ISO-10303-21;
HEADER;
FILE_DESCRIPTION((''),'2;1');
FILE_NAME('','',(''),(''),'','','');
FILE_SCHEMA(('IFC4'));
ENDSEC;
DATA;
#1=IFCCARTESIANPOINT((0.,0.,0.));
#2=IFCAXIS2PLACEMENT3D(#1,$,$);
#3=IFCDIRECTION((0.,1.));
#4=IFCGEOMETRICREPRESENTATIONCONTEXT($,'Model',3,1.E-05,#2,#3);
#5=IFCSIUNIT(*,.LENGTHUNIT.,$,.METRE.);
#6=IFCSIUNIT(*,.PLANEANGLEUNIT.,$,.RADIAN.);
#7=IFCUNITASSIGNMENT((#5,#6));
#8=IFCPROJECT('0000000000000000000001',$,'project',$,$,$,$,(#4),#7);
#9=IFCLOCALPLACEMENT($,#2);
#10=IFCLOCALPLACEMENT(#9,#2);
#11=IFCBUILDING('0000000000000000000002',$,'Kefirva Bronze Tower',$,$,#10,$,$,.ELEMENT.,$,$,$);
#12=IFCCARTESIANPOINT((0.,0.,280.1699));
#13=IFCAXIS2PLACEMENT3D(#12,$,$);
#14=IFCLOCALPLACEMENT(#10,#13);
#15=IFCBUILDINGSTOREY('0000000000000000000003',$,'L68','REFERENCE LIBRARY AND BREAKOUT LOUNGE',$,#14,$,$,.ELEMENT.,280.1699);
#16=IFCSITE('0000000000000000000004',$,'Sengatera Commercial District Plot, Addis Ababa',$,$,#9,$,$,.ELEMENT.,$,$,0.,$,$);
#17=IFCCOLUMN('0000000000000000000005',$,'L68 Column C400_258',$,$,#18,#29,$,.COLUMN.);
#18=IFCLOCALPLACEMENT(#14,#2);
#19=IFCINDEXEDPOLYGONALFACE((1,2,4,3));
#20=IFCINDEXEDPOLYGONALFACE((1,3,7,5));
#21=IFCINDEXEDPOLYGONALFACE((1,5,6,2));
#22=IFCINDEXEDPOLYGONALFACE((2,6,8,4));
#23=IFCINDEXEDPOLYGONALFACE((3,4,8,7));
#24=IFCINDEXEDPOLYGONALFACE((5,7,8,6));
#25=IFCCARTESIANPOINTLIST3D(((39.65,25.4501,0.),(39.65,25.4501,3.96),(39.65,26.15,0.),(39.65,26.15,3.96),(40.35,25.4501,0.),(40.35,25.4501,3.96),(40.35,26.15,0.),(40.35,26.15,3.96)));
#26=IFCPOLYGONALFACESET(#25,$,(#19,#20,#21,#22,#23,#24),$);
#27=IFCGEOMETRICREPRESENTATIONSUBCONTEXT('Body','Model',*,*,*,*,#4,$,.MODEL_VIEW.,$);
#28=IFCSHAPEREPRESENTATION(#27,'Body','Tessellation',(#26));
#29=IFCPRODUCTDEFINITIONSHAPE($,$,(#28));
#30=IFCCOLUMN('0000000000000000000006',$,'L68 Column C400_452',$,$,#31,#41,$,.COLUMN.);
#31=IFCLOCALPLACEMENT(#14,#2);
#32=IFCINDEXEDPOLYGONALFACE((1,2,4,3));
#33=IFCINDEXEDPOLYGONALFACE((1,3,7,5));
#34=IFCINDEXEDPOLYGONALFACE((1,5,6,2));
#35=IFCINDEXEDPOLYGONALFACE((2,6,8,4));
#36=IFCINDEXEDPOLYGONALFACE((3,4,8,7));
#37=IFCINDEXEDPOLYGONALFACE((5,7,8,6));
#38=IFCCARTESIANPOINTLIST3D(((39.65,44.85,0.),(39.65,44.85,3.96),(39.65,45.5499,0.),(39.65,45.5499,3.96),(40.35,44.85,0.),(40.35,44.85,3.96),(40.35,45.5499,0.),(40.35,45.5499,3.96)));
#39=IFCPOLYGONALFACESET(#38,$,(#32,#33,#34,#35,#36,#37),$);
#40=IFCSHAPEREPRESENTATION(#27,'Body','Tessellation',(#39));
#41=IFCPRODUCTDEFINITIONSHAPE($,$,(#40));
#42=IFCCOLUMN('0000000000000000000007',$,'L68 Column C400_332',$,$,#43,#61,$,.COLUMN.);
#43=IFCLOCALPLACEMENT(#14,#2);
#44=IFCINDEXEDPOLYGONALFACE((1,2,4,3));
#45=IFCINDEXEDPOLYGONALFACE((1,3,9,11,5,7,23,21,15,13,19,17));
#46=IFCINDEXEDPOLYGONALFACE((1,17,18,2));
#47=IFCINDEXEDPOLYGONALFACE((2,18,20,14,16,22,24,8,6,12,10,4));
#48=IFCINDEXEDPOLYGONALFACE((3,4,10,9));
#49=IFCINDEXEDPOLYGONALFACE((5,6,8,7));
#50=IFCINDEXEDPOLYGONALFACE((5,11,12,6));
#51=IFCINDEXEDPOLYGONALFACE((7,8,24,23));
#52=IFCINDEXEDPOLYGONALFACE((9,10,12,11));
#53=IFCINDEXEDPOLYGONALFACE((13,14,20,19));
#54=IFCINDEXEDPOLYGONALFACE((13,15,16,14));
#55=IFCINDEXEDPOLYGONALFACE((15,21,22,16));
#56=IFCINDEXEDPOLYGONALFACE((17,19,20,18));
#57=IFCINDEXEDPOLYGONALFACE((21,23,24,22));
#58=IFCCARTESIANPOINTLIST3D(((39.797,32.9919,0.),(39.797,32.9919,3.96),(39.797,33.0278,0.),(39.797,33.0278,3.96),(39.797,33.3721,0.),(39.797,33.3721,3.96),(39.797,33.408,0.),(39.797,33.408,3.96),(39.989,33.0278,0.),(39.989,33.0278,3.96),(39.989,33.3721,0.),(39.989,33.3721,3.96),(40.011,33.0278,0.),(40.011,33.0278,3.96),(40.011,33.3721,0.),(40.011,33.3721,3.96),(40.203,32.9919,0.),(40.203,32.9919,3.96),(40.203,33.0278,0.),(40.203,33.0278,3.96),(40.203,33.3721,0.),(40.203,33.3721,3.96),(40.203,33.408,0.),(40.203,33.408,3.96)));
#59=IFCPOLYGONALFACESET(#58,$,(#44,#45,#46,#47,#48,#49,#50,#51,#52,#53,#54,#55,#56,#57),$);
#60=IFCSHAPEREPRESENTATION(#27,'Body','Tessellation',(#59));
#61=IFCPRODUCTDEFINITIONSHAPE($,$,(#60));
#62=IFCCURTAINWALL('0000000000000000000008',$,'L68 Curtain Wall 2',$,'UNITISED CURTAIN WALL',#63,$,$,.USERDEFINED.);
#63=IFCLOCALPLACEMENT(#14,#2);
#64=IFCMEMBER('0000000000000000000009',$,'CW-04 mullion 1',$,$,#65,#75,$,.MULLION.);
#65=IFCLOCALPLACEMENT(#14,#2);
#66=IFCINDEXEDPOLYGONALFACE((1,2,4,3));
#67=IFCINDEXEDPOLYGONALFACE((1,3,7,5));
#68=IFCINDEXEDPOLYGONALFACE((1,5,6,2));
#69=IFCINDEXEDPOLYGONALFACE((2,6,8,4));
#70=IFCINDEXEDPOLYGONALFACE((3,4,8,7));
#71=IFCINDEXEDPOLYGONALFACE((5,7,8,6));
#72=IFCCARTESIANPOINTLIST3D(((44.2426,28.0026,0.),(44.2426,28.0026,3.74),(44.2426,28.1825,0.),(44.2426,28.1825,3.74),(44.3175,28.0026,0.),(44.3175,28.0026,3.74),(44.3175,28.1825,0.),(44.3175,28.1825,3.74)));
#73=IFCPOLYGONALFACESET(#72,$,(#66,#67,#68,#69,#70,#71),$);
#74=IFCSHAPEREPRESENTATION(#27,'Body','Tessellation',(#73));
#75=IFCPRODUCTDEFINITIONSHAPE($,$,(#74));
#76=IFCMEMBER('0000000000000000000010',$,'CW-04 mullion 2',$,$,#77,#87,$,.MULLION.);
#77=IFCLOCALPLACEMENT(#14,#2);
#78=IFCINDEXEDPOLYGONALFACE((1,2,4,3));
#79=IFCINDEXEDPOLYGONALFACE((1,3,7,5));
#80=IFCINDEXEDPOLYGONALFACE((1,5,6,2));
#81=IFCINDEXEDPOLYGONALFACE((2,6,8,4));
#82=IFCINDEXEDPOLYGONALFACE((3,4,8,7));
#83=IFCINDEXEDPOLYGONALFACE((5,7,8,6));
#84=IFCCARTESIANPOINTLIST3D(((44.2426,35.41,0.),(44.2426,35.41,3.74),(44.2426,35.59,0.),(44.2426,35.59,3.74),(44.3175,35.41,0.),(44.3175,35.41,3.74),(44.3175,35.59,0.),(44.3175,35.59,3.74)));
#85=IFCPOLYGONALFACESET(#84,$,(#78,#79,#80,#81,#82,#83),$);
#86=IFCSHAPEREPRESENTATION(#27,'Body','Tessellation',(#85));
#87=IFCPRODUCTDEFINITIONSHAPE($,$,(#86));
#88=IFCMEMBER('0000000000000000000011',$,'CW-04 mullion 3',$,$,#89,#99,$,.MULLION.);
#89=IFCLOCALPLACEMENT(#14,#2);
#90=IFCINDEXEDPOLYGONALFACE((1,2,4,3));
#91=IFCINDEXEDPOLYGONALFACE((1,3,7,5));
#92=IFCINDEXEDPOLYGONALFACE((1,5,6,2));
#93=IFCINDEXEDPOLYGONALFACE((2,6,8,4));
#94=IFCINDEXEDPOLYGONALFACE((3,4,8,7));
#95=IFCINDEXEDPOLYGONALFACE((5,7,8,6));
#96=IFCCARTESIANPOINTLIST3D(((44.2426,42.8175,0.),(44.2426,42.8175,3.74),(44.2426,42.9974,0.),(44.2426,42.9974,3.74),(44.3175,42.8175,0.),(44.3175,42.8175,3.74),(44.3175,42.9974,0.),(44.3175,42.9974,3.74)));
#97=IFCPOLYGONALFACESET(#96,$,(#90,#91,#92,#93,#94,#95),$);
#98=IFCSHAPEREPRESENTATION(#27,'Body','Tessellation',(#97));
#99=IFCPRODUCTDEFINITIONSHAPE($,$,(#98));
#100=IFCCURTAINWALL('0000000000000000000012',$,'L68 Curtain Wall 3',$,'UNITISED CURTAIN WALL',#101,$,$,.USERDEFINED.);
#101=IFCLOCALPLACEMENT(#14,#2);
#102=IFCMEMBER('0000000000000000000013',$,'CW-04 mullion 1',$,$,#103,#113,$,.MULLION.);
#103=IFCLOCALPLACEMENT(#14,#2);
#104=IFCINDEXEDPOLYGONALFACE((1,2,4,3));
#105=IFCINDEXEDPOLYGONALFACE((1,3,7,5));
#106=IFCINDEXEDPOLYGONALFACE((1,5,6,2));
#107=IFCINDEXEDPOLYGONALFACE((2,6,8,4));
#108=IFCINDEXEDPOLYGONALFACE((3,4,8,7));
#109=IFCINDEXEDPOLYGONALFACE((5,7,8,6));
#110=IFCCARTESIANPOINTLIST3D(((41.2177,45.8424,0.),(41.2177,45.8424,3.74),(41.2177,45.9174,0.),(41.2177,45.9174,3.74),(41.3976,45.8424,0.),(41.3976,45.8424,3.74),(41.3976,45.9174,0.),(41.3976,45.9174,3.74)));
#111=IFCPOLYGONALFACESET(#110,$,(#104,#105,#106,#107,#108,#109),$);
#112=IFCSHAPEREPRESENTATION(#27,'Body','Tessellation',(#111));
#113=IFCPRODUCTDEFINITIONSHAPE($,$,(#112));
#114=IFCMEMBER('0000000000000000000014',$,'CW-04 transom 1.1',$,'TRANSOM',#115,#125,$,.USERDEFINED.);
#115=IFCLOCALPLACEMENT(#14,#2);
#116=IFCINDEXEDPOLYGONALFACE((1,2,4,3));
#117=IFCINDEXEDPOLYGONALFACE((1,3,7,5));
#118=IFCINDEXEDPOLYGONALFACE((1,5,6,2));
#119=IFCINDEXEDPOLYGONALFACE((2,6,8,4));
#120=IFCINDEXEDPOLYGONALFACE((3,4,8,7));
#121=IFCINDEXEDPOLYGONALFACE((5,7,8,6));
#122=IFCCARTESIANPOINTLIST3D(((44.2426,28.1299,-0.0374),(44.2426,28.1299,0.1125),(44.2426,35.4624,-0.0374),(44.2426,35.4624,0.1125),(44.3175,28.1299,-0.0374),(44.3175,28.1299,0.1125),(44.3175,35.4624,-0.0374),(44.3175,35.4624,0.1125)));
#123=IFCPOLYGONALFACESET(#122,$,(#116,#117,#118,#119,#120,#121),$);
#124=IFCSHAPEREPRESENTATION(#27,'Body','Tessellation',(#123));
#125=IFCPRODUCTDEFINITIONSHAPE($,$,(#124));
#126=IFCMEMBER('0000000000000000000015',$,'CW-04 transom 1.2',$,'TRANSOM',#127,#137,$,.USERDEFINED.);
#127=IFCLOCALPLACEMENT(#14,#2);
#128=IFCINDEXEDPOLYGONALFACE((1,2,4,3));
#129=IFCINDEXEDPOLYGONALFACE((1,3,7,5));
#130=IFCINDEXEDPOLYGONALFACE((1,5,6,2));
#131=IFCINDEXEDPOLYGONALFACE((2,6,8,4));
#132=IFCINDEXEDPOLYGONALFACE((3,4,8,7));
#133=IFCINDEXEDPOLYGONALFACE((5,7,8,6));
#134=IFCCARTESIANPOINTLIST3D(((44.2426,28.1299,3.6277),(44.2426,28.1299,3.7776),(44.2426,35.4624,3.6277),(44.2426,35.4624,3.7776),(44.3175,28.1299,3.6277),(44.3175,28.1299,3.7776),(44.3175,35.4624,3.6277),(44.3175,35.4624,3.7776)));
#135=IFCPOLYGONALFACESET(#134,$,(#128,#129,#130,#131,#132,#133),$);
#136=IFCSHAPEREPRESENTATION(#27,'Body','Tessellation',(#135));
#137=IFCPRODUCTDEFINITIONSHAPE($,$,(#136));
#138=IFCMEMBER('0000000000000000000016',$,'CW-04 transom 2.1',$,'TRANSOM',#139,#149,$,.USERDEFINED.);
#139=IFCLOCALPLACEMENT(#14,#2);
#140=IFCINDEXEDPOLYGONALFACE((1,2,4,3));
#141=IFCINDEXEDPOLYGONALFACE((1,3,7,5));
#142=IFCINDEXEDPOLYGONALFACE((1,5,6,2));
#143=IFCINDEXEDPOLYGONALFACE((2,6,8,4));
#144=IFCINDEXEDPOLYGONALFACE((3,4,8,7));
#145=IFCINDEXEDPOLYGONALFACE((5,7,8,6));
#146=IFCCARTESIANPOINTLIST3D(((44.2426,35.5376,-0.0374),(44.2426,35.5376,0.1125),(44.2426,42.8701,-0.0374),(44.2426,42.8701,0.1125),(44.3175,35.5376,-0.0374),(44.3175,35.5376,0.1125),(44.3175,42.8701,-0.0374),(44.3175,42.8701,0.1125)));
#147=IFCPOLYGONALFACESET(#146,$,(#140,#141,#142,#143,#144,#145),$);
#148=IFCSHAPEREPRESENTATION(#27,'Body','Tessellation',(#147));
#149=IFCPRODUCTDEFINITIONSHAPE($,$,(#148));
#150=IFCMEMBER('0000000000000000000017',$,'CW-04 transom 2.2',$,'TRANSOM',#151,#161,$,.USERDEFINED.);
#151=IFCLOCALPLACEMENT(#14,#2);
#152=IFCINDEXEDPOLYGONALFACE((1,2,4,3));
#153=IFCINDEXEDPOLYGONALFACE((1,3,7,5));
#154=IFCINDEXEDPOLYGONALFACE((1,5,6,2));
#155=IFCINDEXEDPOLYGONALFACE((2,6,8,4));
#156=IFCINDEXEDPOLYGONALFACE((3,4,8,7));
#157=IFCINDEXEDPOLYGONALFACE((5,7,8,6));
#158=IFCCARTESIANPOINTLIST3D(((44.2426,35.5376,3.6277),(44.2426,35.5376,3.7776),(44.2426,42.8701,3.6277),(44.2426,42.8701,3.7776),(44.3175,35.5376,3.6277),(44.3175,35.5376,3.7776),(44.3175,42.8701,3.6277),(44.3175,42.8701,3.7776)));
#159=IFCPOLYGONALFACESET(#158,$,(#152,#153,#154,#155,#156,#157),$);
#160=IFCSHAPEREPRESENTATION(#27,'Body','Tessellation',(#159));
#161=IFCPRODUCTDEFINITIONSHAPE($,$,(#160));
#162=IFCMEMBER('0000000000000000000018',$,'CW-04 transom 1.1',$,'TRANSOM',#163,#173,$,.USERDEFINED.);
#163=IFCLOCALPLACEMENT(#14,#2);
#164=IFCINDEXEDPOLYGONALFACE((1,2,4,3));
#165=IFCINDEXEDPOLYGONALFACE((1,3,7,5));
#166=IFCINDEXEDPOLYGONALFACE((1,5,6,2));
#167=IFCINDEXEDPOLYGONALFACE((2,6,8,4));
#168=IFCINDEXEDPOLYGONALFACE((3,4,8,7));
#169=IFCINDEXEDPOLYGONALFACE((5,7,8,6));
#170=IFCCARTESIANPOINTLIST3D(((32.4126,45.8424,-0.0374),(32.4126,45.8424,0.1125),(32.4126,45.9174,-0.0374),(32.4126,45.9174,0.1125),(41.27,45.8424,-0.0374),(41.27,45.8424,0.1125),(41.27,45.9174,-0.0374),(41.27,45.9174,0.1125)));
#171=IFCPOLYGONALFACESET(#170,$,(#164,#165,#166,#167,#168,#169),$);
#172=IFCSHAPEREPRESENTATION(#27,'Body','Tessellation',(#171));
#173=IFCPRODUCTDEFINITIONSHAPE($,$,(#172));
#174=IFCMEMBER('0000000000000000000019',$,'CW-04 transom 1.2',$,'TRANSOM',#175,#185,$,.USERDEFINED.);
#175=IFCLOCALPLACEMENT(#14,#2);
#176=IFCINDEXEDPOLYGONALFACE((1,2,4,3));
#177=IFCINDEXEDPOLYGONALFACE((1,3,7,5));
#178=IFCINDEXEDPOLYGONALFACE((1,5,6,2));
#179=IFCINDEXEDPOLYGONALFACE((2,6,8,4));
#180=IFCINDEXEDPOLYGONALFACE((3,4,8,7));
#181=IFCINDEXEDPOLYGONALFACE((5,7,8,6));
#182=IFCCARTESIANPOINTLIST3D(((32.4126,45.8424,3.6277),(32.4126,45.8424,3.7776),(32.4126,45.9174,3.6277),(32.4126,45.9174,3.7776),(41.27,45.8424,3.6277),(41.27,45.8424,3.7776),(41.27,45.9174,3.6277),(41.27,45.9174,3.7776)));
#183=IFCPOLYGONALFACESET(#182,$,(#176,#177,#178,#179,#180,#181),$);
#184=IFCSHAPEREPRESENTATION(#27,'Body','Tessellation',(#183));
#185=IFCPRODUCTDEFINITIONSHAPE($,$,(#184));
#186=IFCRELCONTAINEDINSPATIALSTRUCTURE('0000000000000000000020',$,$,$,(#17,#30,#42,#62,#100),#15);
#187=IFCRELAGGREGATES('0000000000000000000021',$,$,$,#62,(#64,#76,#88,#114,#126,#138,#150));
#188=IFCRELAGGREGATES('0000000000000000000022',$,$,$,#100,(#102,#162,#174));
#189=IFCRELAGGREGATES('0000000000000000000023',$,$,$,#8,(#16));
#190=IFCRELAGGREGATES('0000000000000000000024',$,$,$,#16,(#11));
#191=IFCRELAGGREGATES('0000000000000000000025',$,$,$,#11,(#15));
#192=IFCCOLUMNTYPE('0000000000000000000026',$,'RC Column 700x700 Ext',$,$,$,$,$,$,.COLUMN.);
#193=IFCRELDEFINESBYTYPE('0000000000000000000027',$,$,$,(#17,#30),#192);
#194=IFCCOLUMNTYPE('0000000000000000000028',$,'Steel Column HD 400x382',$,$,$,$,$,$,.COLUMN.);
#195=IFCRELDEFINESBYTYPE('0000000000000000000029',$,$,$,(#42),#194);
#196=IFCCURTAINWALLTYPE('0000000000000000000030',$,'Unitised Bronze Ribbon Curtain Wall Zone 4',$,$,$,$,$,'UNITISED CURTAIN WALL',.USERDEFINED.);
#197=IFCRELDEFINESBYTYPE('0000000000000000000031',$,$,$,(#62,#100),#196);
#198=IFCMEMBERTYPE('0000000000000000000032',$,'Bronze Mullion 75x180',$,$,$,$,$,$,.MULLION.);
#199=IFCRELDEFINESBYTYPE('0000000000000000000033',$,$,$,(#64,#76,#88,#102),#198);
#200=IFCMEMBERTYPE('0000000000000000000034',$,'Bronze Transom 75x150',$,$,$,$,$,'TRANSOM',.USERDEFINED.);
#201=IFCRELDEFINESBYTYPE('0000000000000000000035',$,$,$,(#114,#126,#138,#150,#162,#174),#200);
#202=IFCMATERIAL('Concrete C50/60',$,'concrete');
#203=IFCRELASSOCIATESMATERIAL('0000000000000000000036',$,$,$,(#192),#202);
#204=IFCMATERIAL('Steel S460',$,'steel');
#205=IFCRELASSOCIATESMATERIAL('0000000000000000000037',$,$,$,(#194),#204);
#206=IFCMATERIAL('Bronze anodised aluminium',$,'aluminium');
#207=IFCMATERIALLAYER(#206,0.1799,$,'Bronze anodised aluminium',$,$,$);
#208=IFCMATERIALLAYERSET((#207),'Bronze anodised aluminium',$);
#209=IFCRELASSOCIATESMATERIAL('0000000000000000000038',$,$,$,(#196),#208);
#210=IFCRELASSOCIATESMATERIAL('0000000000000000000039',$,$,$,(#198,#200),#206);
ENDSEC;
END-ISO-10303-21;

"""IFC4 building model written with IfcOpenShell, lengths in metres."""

from ifc_helpers import new_model, si_unit, direction, frame, origin, origin_2d, place, context, subcontext, project, spatial, rectangle, i_section, extrude, material, layer, layer_set, material_profile, profile_set, type_object, element, aggregate, save


model = new_model("IFC4")

# Units and contexts
model_context = context("Model", 3, precision=1e-05, world=origin(), true_north=direction((0.0, 1.0)))
body_context = subcontext(model_context, "Body", "Model", "MODEL_VIEW")
ifc_project = project(units=[si_unit("LENGTHUNIT", "METRE"), si_unit("PLANEANGLEUNIT", "RADIAN")], contexts=[model_context])

# Site, building, storey
site_placement = place(None, origin())
site = spatial("IfcSite", under=ifc_project, at=site_placement, Name="Sengatera Commercial District Plot, Addis Ababa", CompositionType="ELEMENT", RefElevation=0.0)
building_placement = place(site_placement, origin())
building = spatial("IfcBuilding", under=site, at=building_placement, Name="Kefirva Bronze Tower", CompositionType="ELEMENT")
storey_placement = place(building_placement, frame((0.0, 0.0, 280.1699)))
storey = spatial("IfcBuildingStorey", under=building, at=storey_placement, Name="L68", Description="REFERENCE LIBRARY AND BREAKOUT LOUNGE", CompositionType="ELEMENT", Elevation=280.1699)

# Columns
ifc_material_1 = material(Name="Concrete C50/60", Category="concrete")
ifc_material_profile_1 = material_profile(ifc_material_1, rectangle(XDim=0.7, YDim=0.7, at=origin_2d()), Name="RC 700x700")
ifc_profile_set_1 = profile_set([ifc_material_profile_1], Name="Concrete C50/60")
column_type_1 = type_object("IfcColumnType", Name="RC Column 700x700 Ext", PredefinedType="COLUMN", material=ifc_profile_set_1)
for number, where, z_axis, x_axis, name in (
    (1, (40.0, 25.8, 0.0), (0.0, 0.0, 1.0), (1.0, 0.0, 0.0), "L68 Column C400_258"),
    (2, (40.0, 45.2, 0.0), (0.0, 0.0, 1.0), (1.0, 0.0, 0.0), "L68 Column C400_452"),
):
    element("IfcColumn", number, at=place(storey_placement, frame(where, z_axis=z_axis, x_axis=x_axis)), inside=storey, type_object=column_type_1, Name=name, PredefinedType="COLUMN", context=body_context, shape_type="SweptSolid", body=[
        extrude(rectangle(XDim=0.7, YDim=0.7, at=origin_2d()), origin(), (0.0, 0.0, 1.0), 3.96),
    ])
ifc_material_2 = material(Name="Steel S460", Category="steel")
ifc_material_profile_2 = material_profile(ifc_material_2, i_section(OverallWidth=0.406, OverallDepth=0.416, WebThickness=0.022, FlangeThickness=0.0359, at=origin_2d()), Name="HD 400x382")
ifc_profile_set_2 = profile_set([ifc_material_profile_2], Name="Steel S460")
column_type_2 = type_object("IfcColumnType", Name="Steel Column HD 400x382", PredefinedType="COLUMN", material=ifc_profile_set_2)
column_placement = place(storey_placement, frame((40.0, 33.2, 0.0), z_axis=(0.0, 0.0, 1.0), x_axis=(1.0, 0.0, 0.0)))
element("IfcColumn", 3, at=column_placement, inside=storey, type_object=column_type_2, Name="L68 Column C400_332", PredefinedType="COLUMN", context=body_context, shape_type="SweptSolid", body=[
    extrude(i_section(OverallWidth=0.406, OverallDepth=0.416, WebThickness=0.022, FlangeThickness=0.0359, at=origin_2d()), origin(), (0.0, 0.0, 1.0), 3.96),
])

# Curtain wall, members
ifc_material_3 = material(Name="Bronze anodised aluminium", Category="aluminium")
ifc_layer_1 = layer(ifc_material_3, 0.1799, Name="Bronze anodised aluminium")
ifc_layer_set_1 = layer_set([ifc_layer_1], Name="Bronze anodised aluminium")
curtain_wall_type = type_object("IfcCurtainWallType", Name="Unitised Bronze Ribbon Curtain Wall Zone 4", ElementType="UNITISED CURTAIN WALL", PredefinedType="USERDEFINED", material=ifc_layer_set_1)
curtain_wall_1_placement = place(storey_placement, origin())
curtain_wall_1 = element("IfcCurtainWall", 4, at=curtain_wall_1_placement, inside=storey, type_object=curtain_wall_type, Name="L68 Curtain Wall 2", ObjectType="UNITISED CURTAIN WALL", PredefinedType="USERDEFINED")
ifc_material_profile_3 = material_profile(ifc_material_3, rectangle(XDim=0.075, YDim=0.1799, at=origin_2d()), Name="ALU 75x180")
ifc_profile_set_3 = profile_set([ifc_material_profile_3], Name="Bronze anodised aluminium")
member_type_1 = type_object("IfcMemberType", Name="Bronze Mullion 75x180", PredefinedType="MULLION", material=ifc_profile_set_3)
member_1_placement = place(storey_placement, frame((44.28, 28.0925, 0.0), z_axis=(0.0, 0.0, 1.0), x_axis=(-1.0, 0.0, 0.0)))
member_1 = element("IfcMember", 5, at=member_1_placement, type_object=member_type_1, Name="CW-04 mullion 1", PredefinedType="MULLION", context=body_context, shape_type="SweptSolid", body=[
    extrude(rectangle(XDim=0.075, YDim=0.1799, at=origin_2d()), origin(), (0.0, 0.0, 1.0), 3.74),
])
member_2_placement = place(storey_placement, frame((44.28, 35.5, 0.0), z_axis=(0.0, 0.0, 1.0), x_axis=(-1.0, 0.0, 0.0)))
member_2 = element("IfcMember", 6, at=member_2_placement, type_object=member_type_1, Name="CW-04 mullion 2", PredefinedType="MULLION", context=body_context, shape_type="SweptSolid", body=[
    extrude(rectangle(XDim=0.075, YDim=0.1799, at=origin_2d()), origin(), (0.0, 0.0, 1.0), 3.74),
])
member_3_placement = place(storey_placement, frame((44.28, 42.9075, 0.0), z_axis=(0.0, 0.0, 1.0), x_axis=(-1.0, 0.0, 0.0)))
member_3 = element("IfcMember", 7, at=member_3_placement, type_object=member_type_1, Name="CW-04 mullion 3", PredefinedType="MULLION", context=body_context, shape_type="SweptSolid", body=[
    extrude(rectangle(XDim=0.075, YDim=0.1799, at=origin_2d()), origin(), (0.0, 0.0, 1.0), 3.74),
])

# Curtain wall, member
curtain_wall_2_placement = place(storey_placement, origin())
curtain_wall_2 = element("IfcCurtainWall", 8, at=curtain_wall_2_placement, inside=storey, type_object=curtain_wall_type, Name="L68 Curtain Wall 3", ObjectType="UNITISED CURTAIN WALL", PredefinedType="USERDEFINED")
member_4_placement = place(storey_placement, frame((41.3076, 45.8799, 0.0), z_axis=(0.0, 0.0, 1.0), x_axis=(0.0, -1.0, 0.0)))
member_4 = element("IfcMember", 9, at=member_4_placement, type_object=member_type_1, Name="CW-04 mullion 1", PredefinedType="MULLION", context=body_context, shape_type="SweptSolid", body=[
    extrude(rectangle(XDim=0.075, YDim=0.1799, at=origin_2d()), origin(), (0.0, 0.0, 1.0), 3.74),
])

# Members
ifc_material_profile_4 = material_profile(ifc_material_3, rectangle(XDim=0.075, YDim=0.1499, at=origin_2d()), Name="ALU 75x150")
ifc_profile_set_4 = profile_set([ifc_material_profile_4], Name="Bronze anodised aluminium")
member_type_2 = type_object("IfcMemberType", Name="Bronze Transom 75x150", ElementType="TRANSOM", PredefinedType="USERDEFINED", material=ifc_profile_set_4)
member_5_placement = place(storey_placement, frame((44.28, 28.1299, 0.0376), z_axis=(0.0, 1.0, 0.0), x_axis=(-1.0, 0.0, 0.0)))
member_5 = element("IfcMember", 10, at=member_5_placement, type_object=member_type_2, Name="CW-04 transom 1.1", ObjectType="TRANSOM", PredefinedType="USERDEFINED", context=body_context, shape_type="SweptSolid", body=[
    extrude(rectangle(XDim=0.075, YDim=0.1499, at=origin_2d()), origin(), (0.0, 0.0, 1.0), 7.3325),
])
member_6_placement = place(storey_placement, frame((44.28, 28.1299, 3.7026), z_axis=(0.0, 1.0, 0.0), x_axis=(-1.0, 0.0, 0.0)))
member_6 = element("IfcMember", 11, at=member_6_placement, type_object=member_type_2, Name="CW-04 transom 1.2", ObjectType="TRANSOM", PredefinedType="USERDEFINED", context=body_context, shape_type="SweptSolid", body=[
    extrude(rectangle(XDim=0.075, YDim=0.1499, at=origin_2d()), origin(), (0.0, 0.0, 1.0), 7.3325),
])
member_7_placement = place(storey_placement, frame((44.28, 35.5376, 0.0376), z_axis=(0.0, 1.0, 0.0), x_axis=(-1.0, 0.0, 0.0)))
member_7 = element("IfcMember", 12, at=member_7_placement, type_object=member_type_2, Name="CW-04 transom 2.1", ObjectType="TRANSOM", PredefinedType="USERDEFINED", context=body_context, shape_type="SweptSolid", body=[
    extrude(rectangle(XDim=0.075, YDim=0.1499, at=origin_2d()), origin(), (0.0, 0.0, 1.0), 7.3325),
])
member_8_placement = place(storey_placement, frame((44.28, 35.5376, 3.7026), z_axis=(0.0, 1.0, 0.0), x_axis=(-1.0, 0.0, 0.0)))
member_8 = element("IfcMember", 13, at=member_8_placement, type_object=member_type_2, Name="CW-04 transom 2.2", ObjectType="TRANSOM", PredefinedType="USERDEFINED", context=body_context, shape_type="SweptSolid", body=[
    extrude(rectangle(XDim=0.075, YDim=0.1499, at=origin_2d()), origin(), (0.0, 0.0, 1.0), 7.3325),
])
member_9_placement = place(storey_placement, frame((41.27, 45.8799, 0.0376), z_axis=(-1.0, 0.0, 0.0), x_axis=(0.0, -1.0, 0.0)))
member_9 = element("IfcMember", 14, at=member_9_placement, type_object=member_type_2, Name="CW-04 transom 1.1", ObjectType="TRANSOM", PredefinedType="USERDEFINED", context=body_context, shape_type="SweptSolid", body=[
    extrude(rectangle(XDim=0.075, YDim=0.1499, at=origin_2d()), origin(), (0.0, 0.0, 1.0), 8.8574),
])
member_10_placement = place(storey_placement, frame((41.27, 45.8799, 3.7026), z_axis=(-1.0, 0.0, 0.0), x_axis=(0.0, -1.0, 0.0)))
member_10 = element("IfcMember", 15, at=member_10_placement, type_object=member_type_2, Name="CW-04 transom 1.2", ObjectType="TRANSOM", PredefinedType="USERDEFINED", context=body_context, shape_type="SweptSolid", body=[
    extrude(rectangle(XDim=0.075, YDim=0.1499, at=origin_2d()), origin(), (0.0, 0.0, 1.0), 8.8574),
])

aggregate(curtain_wall_1, [member_1, member_2, member_3, member_5, member_6, member_7, member_8])
aggregate(curtain_wall_2, [member_4, member_9, member_10])

save(model, "model.ifc")
